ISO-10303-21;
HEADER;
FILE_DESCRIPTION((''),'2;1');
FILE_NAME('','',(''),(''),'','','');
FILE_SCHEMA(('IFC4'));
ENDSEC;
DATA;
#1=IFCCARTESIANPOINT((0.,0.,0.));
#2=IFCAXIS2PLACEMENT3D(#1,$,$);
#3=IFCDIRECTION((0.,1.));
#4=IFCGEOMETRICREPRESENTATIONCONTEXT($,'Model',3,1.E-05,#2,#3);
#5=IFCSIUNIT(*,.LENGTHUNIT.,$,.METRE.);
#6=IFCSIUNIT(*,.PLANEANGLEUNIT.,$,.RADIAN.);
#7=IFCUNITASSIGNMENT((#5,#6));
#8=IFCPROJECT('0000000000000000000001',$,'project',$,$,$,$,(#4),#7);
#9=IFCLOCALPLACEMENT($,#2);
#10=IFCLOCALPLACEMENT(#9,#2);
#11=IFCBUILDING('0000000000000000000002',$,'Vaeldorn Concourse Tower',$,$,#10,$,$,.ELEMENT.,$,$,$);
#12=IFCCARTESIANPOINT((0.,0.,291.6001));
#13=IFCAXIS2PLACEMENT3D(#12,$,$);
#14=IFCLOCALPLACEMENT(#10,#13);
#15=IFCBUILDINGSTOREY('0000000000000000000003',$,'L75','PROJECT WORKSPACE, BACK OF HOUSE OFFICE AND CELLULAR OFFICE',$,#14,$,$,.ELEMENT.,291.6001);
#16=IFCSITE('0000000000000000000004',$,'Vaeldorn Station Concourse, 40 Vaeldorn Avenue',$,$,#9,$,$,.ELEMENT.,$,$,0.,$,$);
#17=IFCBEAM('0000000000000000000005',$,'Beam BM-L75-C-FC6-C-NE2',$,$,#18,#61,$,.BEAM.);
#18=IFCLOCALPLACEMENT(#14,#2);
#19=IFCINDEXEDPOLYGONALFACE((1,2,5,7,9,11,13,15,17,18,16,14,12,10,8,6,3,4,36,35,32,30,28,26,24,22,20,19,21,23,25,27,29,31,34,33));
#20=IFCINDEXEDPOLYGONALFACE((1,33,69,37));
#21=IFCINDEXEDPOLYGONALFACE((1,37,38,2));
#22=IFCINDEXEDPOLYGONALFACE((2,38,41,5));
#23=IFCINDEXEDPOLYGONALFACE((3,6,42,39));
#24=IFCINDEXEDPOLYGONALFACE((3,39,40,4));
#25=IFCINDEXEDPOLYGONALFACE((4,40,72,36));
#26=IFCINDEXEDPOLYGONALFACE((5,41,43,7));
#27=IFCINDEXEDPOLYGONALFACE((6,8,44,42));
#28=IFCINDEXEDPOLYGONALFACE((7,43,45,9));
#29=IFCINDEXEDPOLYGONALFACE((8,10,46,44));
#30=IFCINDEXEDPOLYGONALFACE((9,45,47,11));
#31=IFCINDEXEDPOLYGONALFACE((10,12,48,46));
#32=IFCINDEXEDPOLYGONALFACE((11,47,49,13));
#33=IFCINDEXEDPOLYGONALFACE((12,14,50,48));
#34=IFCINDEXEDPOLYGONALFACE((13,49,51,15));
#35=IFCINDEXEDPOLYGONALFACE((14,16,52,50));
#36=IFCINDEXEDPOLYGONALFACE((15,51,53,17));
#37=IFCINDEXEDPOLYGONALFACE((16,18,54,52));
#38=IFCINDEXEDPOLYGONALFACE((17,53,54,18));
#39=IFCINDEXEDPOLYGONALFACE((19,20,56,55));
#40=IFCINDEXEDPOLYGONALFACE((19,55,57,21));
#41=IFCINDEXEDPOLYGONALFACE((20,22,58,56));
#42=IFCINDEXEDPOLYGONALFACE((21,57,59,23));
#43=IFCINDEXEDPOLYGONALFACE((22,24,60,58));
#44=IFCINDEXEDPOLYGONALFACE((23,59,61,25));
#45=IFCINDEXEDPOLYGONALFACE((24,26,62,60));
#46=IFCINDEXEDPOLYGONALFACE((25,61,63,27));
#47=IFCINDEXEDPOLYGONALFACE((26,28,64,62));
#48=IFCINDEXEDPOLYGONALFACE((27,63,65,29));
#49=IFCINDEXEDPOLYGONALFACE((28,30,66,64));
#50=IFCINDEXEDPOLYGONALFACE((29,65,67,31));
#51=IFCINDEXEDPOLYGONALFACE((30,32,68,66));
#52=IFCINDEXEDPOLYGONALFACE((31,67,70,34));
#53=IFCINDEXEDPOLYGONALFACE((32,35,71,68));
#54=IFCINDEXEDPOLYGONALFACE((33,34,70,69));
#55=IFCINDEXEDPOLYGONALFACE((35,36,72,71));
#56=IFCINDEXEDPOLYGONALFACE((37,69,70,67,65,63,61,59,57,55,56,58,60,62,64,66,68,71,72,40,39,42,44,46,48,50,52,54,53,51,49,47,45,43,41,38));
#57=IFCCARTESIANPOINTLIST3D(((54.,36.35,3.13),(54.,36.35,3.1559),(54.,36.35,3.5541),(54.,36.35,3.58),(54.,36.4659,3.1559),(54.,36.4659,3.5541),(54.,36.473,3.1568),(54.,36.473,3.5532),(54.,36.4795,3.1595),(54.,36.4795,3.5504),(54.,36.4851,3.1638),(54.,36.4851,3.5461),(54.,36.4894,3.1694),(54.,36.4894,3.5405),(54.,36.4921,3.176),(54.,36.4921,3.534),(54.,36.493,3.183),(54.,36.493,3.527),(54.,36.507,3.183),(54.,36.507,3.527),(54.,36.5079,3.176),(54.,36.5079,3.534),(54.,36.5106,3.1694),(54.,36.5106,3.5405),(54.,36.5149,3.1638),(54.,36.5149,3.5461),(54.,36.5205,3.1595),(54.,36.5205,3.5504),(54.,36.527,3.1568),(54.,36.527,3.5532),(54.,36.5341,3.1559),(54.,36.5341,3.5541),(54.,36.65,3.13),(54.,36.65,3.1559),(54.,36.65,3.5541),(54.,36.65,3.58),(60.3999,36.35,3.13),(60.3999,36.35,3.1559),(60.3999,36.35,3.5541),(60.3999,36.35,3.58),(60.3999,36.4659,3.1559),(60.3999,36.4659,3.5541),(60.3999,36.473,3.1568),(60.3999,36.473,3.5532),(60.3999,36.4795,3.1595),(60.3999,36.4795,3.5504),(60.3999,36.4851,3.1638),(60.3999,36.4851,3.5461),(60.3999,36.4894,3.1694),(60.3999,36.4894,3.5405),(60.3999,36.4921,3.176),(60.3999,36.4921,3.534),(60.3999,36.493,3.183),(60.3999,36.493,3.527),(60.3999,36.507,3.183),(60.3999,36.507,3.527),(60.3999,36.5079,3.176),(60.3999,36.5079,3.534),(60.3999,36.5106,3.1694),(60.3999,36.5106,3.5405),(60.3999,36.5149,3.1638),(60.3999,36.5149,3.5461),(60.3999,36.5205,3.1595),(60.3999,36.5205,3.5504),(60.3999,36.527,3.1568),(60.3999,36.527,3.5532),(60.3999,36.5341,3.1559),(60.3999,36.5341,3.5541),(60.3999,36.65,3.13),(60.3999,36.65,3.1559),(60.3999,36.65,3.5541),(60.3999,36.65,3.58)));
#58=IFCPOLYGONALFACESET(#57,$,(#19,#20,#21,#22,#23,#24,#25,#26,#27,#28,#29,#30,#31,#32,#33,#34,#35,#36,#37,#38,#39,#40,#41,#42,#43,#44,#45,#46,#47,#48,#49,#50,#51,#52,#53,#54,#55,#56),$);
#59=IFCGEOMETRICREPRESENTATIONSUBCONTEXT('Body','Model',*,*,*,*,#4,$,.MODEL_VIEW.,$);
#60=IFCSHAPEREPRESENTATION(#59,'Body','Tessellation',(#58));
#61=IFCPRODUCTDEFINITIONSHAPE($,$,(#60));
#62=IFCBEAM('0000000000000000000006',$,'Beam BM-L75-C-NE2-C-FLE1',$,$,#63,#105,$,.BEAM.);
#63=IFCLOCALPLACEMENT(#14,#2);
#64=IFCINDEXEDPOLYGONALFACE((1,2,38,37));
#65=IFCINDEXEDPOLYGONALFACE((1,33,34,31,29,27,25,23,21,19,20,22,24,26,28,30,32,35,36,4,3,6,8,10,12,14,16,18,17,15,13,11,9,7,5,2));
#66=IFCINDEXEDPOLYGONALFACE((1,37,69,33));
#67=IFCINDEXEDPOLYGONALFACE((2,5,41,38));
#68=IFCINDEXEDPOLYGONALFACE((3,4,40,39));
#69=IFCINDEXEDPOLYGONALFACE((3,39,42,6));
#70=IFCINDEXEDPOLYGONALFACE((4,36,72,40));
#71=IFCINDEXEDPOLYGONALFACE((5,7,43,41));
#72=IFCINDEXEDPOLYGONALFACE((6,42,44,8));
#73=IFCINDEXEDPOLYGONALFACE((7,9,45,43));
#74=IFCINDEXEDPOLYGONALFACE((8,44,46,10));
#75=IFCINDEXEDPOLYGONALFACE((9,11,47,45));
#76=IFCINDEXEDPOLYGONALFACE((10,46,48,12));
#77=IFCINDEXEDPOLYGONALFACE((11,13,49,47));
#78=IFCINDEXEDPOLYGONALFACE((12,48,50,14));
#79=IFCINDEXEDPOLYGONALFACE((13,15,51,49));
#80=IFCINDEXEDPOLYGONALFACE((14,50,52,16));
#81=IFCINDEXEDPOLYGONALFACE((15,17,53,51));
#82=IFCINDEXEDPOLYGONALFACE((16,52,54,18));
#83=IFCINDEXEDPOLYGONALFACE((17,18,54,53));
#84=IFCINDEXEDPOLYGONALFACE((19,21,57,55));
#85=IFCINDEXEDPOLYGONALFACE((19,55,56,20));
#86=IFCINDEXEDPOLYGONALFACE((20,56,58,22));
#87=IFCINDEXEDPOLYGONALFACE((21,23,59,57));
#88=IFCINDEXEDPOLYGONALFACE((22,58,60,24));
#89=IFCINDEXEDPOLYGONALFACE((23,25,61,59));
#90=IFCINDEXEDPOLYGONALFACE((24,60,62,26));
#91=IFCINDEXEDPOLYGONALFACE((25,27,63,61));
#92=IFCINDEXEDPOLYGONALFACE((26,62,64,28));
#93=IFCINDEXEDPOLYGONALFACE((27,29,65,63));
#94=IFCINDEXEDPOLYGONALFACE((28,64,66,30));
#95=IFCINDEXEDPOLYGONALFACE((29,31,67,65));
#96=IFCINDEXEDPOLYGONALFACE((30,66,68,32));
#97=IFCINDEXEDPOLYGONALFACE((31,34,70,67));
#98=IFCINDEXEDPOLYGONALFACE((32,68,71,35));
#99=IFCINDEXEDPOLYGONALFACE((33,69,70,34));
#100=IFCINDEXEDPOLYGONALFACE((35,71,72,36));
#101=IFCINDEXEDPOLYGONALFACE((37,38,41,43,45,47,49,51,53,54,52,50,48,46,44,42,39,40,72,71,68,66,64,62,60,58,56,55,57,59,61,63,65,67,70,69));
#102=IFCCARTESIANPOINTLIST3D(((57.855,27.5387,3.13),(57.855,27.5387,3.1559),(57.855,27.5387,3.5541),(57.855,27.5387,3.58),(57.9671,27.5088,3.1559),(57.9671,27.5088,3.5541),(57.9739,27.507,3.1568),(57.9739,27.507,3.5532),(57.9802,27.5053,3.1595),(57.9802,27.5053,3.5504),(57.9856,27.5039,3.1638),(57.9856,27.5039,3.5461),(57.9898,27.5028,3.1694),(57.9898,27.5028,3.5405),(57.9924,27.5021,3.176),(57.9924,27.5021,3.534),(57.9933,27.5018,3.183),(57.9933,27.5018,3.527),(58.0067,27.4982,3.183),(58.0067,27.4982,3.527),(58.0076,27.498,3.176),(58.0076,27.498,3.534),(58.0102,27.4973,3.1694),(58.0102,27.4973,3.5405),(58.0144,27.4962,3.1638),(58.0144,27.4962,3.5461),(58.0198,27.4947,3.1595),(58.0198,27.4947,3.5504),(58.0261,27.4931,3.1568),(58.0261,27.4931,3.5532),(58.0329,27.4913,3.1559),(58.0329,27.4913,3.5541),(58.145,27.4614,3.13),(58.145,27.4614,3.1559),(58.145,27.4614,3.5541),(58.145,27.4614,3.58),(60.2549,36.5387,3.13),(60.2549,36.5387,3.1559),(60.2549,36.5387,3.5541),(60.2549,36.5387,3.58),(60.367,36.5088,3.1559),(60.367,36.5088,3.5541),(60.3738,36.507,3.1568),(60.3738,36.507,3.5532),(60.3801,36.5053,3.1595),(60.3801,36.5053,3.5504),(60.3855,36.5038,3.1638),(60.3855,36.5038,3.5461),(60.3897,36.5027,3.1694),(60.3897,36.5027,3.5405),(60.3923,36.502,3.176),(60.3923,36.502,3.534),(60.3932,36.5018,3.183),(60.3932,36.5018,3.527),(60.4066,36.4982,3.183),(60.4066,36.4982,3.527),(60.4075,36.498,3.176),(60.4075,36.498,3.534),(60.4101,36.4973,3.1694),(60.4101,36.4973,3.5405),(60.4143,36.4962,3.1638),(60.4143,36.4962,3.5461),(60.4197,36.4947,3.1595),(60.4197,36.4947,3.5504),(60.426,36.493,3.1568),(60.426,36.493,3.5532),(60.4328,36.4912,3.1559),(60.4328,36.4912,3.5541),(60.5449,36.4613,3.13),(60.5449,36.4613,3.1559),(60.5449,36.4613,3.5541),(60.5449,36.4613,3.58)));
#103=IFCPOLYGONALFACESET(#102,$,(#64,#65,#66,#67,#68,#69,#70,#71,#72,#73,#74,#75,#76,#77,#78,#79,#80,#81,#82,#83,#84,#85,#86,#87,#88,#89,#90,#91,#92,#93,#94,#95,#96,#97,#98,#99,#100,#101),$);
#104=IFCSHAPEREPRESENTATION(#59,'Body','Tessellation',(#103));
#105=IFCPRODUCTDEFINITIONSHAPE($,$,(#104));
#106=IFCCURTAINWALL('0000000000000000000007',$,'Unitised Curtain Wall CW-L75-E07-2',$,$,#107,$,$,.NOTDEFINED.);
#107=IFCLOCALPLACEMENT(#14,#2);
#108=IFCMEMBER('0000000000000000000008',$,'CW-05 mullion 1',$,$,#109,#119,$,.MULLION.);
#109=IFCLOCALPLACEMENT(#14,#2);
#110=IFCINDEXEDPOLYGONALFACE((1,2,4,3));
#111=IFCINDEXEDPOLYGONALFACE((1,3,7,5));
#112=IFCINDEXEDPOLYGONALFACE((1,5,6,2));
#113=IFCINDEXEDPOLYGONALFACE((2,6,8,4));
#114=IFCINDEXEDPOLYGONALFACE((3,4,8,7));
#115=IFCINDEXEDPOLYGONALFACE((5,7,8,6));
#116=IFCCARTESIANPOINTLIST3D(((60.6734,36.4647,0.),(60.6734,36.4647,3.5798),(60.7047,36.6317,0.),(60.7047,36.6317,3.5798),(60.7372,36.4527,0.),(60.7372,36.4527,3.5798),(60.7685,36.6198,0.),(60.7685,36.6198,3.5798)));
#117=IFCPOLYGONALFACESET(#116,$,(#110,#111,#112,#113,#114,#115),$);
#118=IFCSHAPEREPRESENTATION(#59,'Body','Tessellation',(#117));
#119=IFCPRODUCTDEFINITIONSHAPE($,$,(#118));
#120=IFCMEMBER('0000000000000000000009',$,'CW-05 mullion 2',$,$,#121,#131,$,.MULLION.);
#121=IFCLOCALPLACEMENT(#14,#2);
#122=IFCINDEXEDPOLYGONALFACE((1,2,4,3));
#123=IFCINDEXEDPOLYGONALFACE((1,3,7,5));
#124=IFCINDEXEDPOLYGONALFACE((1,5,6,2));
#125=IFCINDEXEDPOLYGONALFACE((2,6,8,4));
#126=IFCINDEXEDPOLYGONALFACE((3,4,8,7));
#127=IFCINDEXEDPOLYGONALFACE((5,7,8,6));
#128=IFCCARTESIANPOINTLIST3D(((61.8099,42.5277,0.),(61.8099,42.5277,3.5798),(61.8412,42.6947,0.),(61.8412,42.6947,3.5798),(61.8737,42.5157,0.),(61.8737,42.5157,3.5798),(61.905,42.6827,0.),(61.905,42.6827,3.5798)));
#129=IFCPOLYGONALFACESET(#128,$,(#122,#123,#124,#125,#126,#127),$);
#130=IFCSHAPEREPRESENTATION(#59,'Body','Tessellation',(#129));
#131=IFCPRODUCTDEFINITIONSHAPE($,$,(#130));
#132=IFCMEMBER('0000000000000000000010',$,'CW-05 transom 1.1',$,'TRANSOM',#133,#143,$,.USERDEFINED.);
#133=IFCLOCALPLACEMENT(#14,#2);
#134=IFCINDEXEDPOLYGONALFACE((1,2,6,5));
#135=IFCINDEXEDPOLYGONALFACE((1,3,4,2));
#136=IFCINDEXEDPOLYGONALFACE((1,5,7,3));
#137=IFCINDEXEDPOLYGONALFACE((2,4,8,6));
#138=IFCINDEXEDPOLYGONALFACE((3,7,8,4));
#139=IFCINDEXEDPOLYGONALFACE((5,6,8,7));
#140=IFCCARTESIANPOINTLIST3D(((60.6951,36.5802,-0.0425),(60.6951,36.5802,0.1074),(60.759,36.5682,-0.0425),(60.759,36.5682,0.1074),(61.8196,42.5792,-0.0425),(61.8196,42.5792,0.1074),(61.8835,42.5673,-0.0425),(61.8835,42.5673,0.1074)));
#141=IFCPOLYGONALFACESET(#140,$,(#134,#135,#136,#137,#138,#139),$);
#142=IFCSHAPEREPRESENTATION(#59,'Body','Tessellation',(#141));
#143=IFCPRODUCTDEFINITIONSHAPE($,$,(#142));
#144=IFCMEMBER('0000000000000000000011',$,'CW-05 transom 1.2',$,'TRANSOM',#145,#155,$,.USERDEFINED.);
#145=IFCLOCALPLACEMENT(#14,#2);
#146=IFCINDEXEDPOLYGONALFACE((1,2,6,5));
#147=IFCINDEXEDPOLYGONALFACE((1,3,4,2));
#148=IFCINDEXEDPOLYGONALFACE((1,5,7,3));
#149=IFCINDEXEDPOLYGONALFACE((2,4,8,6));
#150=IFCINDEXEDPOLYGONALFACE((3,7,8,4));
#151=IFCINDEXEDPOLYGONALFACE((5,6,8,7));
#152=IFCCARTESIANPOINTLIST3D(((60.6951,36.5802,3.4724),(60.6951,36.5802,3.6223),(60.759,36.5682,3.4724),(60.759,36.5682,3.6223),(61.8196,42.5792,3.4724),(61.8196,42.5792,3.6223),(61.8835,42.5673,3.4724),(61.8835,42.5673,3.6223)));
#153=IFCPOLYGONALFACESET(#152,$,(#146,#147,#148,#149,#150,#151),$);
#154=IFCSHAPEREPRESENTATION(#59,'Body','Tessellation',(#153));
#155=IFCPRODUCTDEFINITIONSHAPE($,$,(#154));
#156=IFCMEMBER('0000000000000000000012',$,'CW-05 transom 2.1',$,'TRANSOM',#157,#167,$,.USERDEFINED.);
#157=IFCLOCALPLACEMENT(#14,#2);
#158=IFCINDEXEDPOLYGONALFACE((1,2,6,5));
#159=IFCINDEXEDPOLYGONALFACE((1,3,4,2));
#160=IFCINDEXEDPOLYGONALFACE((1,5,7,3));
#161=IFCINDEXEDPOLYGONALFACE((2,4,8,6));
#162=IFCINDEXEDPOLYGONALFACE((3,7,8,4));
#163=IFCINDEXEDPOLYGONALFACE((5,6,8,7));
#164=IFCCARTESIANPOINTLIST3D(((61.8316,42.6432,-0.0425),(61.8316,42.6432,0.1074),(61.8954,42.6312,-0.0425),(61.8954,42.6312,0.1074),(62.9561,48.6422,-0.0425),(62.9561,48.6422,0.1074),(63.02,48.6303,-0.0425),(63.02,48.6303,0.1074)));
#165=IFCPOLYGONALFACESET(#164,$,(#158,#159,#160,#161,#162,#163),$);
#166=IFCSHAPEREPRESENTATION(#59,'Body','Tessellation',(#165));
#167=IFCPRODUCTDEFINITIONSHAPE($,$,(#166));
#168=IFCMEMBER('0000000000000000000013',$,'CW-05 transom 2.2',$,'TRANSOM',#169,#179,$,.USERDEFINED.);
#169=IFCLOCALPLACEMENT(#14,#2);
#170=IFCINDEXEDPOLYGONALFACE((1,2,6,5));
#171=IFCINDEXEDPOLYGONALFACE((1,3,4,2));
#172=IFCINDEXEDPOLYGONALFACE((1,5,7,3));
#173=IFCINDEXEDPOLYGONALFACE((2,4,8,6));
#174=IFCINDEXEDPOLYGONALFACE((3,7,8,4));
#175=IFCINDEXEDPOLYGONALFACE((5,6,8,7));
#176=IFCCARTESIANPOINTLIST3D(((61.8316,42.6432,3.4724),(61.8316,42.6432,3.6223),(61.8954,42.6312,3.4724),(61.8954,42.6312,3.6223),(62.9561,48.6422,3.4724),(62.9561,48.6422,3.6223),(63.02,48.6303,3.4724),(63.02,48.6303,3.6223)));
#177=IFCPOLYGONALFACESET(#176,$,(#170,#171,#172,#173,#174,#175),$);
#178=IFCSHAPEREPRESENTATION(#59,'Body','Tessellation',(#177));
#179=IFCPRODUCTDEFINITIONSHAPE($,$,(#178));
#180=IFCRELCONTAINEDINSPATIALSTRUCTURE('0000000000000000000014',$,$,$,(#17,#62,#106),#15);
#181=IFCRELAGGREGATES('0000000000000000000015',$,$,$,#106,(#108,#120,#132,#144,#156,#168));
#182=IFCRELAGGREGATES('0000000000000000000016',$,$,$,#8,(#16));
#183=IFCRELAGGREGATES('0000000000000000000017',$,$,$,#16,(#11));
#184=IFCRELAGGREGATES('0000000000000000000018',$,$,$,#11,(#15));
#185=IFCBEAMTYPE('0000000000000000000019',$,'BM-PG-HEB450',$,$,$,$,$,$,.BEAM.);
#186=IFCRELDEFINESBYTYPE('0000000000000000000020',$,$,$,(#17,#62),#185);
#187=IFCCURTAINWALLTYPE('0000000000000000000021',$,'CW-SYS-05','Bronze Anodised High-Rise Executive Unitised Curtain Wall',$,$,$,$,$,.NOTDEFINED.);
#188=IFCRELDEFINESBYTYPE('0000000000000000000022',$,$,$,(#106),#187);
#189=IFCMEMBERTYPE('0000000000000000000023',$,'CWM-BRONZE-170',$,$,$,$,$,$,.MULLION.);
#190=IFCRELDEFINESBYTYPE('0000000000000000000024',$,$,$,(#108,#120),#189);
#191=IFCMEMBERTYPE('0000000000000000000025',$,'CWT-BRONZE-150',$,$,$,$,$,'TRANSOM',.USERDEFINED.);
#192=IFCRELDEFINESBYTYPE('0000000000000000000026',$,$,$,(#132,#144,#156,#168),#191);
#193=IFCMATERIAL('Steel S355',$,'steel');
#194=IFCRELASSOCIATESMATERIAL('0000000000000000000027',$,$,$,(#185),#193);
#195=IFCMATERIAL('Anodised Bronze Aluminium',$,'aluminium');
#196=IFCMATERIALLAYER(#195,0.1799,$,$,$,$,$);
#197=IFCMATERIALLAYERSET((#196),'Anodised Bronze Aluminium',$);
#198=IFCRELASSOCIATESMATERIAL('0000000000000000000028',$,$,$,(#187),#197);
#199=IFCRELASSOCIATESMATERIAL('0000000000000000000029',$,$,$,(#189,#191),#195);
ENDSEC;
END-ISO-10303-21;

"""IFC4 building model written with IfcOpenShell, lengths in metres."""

from ifc_helpers import new_model, si_unit, direction, frame, origin, origin_2d, place, context, subcontext, project, spatial, rectangle, i_section, extrude, source, transform, mapped, material, layer, layer_set, material_profile, profile_set, type_object, element, aggregate, save


model = new_model("IFC4")

# Units and contexts
model_context = context("Model", 3, precision=1e-05, world=origin(), true_north=direction((0.0, 1.0)))
body_context = subcontext(model_context, "Body", "Model", "MODEL_VIEW")
ifc_project = project(units=[si_unit("LENGTHUNIT", "METRE"), si_unit("PLANEANGLEUNIT", "RADIAN")], contexts=[model_context])

# Site, building, storey
site_placement = place(None, origin())
site = spatial("IfcSite", under=ifc_project, at=site_placement, Name="Vaeldorn Station Concourse, 40 Vaeldorn Avenue", CompositionType="ELEMENT", RefElevation=0.0)
building_placement = place(site_placement, origin())
building = spatial("IfcBuilding", under=site, at=building_placement, Name="Vaeldorn Concourse Tower", CompositionType="ELEMENT")
storey_placement = place(building_placement, frame((0.0, 0.0, 291.6001)))
storey = spatial("IfcBuildingStorey", under=building, at=storey_placement, Name="L75", Description="PROJECT WORKSPACE, BACK OF HOUSE OFFICE AND CELLULAR OFFICE", CompositionType="ELEMENT", Elevation=291.6001)

# Shared definitions
ifc_material_1 = material(Name="Steel S355", Category="steel")

# Beams
ifc_material_profile_1 = material_profile(ifc_material_1, i_section(OverallWidth=0.3, OverallDepth=0.45, WebThickness=0.0139, FlangeThickness=0.0259, FilletRadius=0.0271, at=origin_2d()), Name="HEB 450")
ifc_profile_set_1 = profile_set([ifc_material_profile_1], Name="Steel S355")
beam_type_1 = type_object("IfcBeamType", Name="BM-PG-HEB450", PredefinedType="BEAM", material=ifc_profile_set_1)
shared_shape_1 = source(origin(), body_context, "Body", "SweptSolid", [
    extrude(i_section(OverallWidth=0.3, OverallDepth=0.45, WebThickness=0.0139, FlangeThickness=0.0259, FilletRadius=0.0271, at=origin_2d()), origin(), (0.0, 0.0, 1.0), 6.3999),
])
beam_1_placement = place(storey_placement, frame((54.0, 36.5, 3.355), z_axis=(1.0, 0.0, 0.0), x_axis=(0.0, 1.0, 0.0)))
element("IfcBeam", 1, at=beam_1_placement, inside=storey, type_object=beam_type_1, Name="Beam BM-L75-C-FC6-C-NE2", PredefinedType="BEAM", context=body_context, shape_type="MappedRepresentation", body=[
    mapped(shared_shape_1, transform((0.0, 0.0, 0.0), scale=1.0)),
])
shared_shape_2 = source(origin(), body_context, "Body", "SweptSolid", [
    extrude(i_section(OverallWidth=0.3, OverallDepth=0.45, WebThickness=0.0139, FlangeThickness=0.0259, FilletRadius=0.0271, at=origin_2d()), origin(), (0.0, 0.0, 1.0), 9.3145),
])
beam_2_placement = place(storey_placement, frame((60.3999, 36.5, 3.355), z_axis=(-0.257653, -0.966238, 0.0), x_axis=(0.966238, -0.257653, 0.0)))
element("IfcBeam", 2, at=beam_2_placement, inside=storey, type_object=beam_type_1, Name="Beam BM-L75-C-NE2-C-FLE1", PredefinedType="BEAM", context=body_context, shape_type="MappedRepresentation", body=[
    mapped(shared_shape_2, transform((0.0, 0.0, 0.0), scale=1.0)),
])

# Curtain wall, members
ifc_material_2 = material(Name="Anodised Bronze Aluminium", Category="aluminium")
ifc_layer_1 = layer(ifc_material_2, 0.1799)
ifc_layer_set_1 = layer_set([ifc_layer_1], Name="Anodised Bronze Aluminium")
curtain_wall_type = type_object("IfcCurtainWallType", Name="CW-SYS-05", Description="Bronze Anodised High-Rise Executive Unitised Curtain Wall", PredefinedType="NOTDEFINED", material=ifc_layer_set_1)
curtain_wall_placement = place(storey_placement, origin())
curtain_wall = element("IfcCurtainWall", 3, at=curtain_wall_placement, inside=storey, type_object=curtain_wall_type, Name="Unitised Curtain Wall CW-L75-E07-2", PredefinedType="NOTDEFINED")
ifc_material_profile_2 = material_profile(ifc_material_2, rectangle(XDim=0.0649, YDim=0.1699, at=origin_2d()), Name="CWM 65x170")
ifc_profile_set_2 = profile_set([ifc_material_profile_2], Name="Anodised Bronze Aluminium")
member_type_1 = type_object("IfcMemberType", Name="CWM-BRONZE-170", PredefinedType="MULLION", material=ifc_profile_set_2)
shared_shape_3 = source(origin(), body_context, "Body", "SweptSolid", [
    extrude(rectangle(XDim=0.0649, YDim=0.1699, at=origin_2d()), origin(), (0.0, 0.0, 1.0), 3.5798),
])
member_1_placement = place(storey_placement, frame((60.7209, 36.5422, 0.0), z_axis=(0.0, 0.0, 1.0), x_axis=(-0.98288, 0.184246, 0.0)))
member_1 = element("IfcMember", 4, at=member_1_placement, type_object=member_type_1, Name="CW-05 mullion 1", PredefinedType="MULLION", context=body_context, shape_type="MappedRepresentation", body=[
    mapped(shared_shape_3, transform((0.0, 0.0, 0.0), scale=1.0)),
])
member_2_placement = place(storey_placement, frame((61.8574, 42.6052, 0.0), z_axis=(0.0, 0.0, 1.0), x_axis=(-0.98288, 0.184246, 0.0)))
member_2 = element("IfcMember", 5, at=member_2_placement, type_object=member_type_1, Name="CW-05 mullion 2", PredefinedType="MULLION", context=body_context, shape_type="MappedRepresentation", body=[
    mapped(shared_shape_3, transform((0.0, 0.0, 0.0), scale=1.0)),
])
ifc_material_profile_3 = material_profile(ifc_material_2, rectangle(XDim=0.0649, YDim=0.1499, at=origin_2d()), Name="CWT 65x150")
ifc_profile_set_3 = profile_set([ifc_material_profile_3], Name="Anodised Bronze Aluminium")
member_type_2 = type_object("IfcMemberType", Name="CWT-BRONZE-150", ElementType="TRANSOM", PredefinedType="USERDEFINED", material=ifc_profile_set_3)
shared_shape_4 = source(origin(), body_context, "Body", "SweptSolid", [
    extrude(rectangle(XDim=0.0649, YDim=0.1499, at=origin_2d()), origin(), (0.0, 0.0, 1.0), 6.1035),
])
member_3_placement = place(storey_placement, frame((60.7271, 36.5742, 0.0325), z_axis=(0.18424, 0.982881, 0.0), x_axis=(-0.982881, 0.18424, 0.0)))
member_3 = element("IfcMember", 6, at=member_3_placement, type_object=member_type_2, Name="CW-05 transom 1.1", ObjectType="TRANSOM", PredefinedType="USERDEFINED", context=body_context, shape_type="MappedRepresentation", body=[
    mapped(shared_shape_4, transform((0.0, 0.0, 0.0), scale=1.0)),
])
member_4_placement = place(storey_placement, frame((60.7271, 36.5742, 3.5474), z_axis=(0.18424, 0.982881, 0.0), x_axis=(-0.982881, 0.18424, 0.0)))
member_4 = element("IfcMember", 7, at=member_4_placement, type_object=member_type_2, Name="CW-05 transom 1.2", ObjectType="TRANSOM", PredefinedType="USERDEFINED", context=body_context, shape_type="MappedRepresentation", body=[
    mapped(shared_shape_4, transform((0.0, 0.0, 0.0), scale=1.0)),
])
member_5_placement = place(storey_placement, frame((61.8635, 42.6372, 0.0325), z_axis=(0.18424, 0.982881, 0.0), x_axis=(-0.982881, 0.18424, 0.0)))
member_5 = element("IfcMember", 8, at=member_5_placement, type_object=member_type_2, Name="CW-05 transom 2.1", ObjectType="TRANSOM", PredefinedType="USERDEFINED", context=body_context, shape_type="MappedRepresentation", body=[
    mapped(shared_shape_4, transform((0.0, 0.0, 0.0), scale=1.0)),
])
member_6_placement = place(storey_placement, frame((61.8635, 42.6372, 3.5474), z_axis=(0.18424, 0.982881, 0.0), x_axis=(-0.982881, 0.18424, 0.0)))
member_6 = element("IfcMember", 9, at=member_6_placement, type_object=member_type_2, Name="CW-05 transom 2.2", ObjectType="TRANSOM", PredefinedType="USERDEFINED", context=body_context, shape_type="MappedRepresentation", body=[
    mapped(shared_shape_4, transform((0.0, 0.0, 0.0), scale=1.0)),
])
aggregate(curtain_wall, [member_1, member_2, member_3, member_4, member_5, member_6])

save(model, "model.ifc")
